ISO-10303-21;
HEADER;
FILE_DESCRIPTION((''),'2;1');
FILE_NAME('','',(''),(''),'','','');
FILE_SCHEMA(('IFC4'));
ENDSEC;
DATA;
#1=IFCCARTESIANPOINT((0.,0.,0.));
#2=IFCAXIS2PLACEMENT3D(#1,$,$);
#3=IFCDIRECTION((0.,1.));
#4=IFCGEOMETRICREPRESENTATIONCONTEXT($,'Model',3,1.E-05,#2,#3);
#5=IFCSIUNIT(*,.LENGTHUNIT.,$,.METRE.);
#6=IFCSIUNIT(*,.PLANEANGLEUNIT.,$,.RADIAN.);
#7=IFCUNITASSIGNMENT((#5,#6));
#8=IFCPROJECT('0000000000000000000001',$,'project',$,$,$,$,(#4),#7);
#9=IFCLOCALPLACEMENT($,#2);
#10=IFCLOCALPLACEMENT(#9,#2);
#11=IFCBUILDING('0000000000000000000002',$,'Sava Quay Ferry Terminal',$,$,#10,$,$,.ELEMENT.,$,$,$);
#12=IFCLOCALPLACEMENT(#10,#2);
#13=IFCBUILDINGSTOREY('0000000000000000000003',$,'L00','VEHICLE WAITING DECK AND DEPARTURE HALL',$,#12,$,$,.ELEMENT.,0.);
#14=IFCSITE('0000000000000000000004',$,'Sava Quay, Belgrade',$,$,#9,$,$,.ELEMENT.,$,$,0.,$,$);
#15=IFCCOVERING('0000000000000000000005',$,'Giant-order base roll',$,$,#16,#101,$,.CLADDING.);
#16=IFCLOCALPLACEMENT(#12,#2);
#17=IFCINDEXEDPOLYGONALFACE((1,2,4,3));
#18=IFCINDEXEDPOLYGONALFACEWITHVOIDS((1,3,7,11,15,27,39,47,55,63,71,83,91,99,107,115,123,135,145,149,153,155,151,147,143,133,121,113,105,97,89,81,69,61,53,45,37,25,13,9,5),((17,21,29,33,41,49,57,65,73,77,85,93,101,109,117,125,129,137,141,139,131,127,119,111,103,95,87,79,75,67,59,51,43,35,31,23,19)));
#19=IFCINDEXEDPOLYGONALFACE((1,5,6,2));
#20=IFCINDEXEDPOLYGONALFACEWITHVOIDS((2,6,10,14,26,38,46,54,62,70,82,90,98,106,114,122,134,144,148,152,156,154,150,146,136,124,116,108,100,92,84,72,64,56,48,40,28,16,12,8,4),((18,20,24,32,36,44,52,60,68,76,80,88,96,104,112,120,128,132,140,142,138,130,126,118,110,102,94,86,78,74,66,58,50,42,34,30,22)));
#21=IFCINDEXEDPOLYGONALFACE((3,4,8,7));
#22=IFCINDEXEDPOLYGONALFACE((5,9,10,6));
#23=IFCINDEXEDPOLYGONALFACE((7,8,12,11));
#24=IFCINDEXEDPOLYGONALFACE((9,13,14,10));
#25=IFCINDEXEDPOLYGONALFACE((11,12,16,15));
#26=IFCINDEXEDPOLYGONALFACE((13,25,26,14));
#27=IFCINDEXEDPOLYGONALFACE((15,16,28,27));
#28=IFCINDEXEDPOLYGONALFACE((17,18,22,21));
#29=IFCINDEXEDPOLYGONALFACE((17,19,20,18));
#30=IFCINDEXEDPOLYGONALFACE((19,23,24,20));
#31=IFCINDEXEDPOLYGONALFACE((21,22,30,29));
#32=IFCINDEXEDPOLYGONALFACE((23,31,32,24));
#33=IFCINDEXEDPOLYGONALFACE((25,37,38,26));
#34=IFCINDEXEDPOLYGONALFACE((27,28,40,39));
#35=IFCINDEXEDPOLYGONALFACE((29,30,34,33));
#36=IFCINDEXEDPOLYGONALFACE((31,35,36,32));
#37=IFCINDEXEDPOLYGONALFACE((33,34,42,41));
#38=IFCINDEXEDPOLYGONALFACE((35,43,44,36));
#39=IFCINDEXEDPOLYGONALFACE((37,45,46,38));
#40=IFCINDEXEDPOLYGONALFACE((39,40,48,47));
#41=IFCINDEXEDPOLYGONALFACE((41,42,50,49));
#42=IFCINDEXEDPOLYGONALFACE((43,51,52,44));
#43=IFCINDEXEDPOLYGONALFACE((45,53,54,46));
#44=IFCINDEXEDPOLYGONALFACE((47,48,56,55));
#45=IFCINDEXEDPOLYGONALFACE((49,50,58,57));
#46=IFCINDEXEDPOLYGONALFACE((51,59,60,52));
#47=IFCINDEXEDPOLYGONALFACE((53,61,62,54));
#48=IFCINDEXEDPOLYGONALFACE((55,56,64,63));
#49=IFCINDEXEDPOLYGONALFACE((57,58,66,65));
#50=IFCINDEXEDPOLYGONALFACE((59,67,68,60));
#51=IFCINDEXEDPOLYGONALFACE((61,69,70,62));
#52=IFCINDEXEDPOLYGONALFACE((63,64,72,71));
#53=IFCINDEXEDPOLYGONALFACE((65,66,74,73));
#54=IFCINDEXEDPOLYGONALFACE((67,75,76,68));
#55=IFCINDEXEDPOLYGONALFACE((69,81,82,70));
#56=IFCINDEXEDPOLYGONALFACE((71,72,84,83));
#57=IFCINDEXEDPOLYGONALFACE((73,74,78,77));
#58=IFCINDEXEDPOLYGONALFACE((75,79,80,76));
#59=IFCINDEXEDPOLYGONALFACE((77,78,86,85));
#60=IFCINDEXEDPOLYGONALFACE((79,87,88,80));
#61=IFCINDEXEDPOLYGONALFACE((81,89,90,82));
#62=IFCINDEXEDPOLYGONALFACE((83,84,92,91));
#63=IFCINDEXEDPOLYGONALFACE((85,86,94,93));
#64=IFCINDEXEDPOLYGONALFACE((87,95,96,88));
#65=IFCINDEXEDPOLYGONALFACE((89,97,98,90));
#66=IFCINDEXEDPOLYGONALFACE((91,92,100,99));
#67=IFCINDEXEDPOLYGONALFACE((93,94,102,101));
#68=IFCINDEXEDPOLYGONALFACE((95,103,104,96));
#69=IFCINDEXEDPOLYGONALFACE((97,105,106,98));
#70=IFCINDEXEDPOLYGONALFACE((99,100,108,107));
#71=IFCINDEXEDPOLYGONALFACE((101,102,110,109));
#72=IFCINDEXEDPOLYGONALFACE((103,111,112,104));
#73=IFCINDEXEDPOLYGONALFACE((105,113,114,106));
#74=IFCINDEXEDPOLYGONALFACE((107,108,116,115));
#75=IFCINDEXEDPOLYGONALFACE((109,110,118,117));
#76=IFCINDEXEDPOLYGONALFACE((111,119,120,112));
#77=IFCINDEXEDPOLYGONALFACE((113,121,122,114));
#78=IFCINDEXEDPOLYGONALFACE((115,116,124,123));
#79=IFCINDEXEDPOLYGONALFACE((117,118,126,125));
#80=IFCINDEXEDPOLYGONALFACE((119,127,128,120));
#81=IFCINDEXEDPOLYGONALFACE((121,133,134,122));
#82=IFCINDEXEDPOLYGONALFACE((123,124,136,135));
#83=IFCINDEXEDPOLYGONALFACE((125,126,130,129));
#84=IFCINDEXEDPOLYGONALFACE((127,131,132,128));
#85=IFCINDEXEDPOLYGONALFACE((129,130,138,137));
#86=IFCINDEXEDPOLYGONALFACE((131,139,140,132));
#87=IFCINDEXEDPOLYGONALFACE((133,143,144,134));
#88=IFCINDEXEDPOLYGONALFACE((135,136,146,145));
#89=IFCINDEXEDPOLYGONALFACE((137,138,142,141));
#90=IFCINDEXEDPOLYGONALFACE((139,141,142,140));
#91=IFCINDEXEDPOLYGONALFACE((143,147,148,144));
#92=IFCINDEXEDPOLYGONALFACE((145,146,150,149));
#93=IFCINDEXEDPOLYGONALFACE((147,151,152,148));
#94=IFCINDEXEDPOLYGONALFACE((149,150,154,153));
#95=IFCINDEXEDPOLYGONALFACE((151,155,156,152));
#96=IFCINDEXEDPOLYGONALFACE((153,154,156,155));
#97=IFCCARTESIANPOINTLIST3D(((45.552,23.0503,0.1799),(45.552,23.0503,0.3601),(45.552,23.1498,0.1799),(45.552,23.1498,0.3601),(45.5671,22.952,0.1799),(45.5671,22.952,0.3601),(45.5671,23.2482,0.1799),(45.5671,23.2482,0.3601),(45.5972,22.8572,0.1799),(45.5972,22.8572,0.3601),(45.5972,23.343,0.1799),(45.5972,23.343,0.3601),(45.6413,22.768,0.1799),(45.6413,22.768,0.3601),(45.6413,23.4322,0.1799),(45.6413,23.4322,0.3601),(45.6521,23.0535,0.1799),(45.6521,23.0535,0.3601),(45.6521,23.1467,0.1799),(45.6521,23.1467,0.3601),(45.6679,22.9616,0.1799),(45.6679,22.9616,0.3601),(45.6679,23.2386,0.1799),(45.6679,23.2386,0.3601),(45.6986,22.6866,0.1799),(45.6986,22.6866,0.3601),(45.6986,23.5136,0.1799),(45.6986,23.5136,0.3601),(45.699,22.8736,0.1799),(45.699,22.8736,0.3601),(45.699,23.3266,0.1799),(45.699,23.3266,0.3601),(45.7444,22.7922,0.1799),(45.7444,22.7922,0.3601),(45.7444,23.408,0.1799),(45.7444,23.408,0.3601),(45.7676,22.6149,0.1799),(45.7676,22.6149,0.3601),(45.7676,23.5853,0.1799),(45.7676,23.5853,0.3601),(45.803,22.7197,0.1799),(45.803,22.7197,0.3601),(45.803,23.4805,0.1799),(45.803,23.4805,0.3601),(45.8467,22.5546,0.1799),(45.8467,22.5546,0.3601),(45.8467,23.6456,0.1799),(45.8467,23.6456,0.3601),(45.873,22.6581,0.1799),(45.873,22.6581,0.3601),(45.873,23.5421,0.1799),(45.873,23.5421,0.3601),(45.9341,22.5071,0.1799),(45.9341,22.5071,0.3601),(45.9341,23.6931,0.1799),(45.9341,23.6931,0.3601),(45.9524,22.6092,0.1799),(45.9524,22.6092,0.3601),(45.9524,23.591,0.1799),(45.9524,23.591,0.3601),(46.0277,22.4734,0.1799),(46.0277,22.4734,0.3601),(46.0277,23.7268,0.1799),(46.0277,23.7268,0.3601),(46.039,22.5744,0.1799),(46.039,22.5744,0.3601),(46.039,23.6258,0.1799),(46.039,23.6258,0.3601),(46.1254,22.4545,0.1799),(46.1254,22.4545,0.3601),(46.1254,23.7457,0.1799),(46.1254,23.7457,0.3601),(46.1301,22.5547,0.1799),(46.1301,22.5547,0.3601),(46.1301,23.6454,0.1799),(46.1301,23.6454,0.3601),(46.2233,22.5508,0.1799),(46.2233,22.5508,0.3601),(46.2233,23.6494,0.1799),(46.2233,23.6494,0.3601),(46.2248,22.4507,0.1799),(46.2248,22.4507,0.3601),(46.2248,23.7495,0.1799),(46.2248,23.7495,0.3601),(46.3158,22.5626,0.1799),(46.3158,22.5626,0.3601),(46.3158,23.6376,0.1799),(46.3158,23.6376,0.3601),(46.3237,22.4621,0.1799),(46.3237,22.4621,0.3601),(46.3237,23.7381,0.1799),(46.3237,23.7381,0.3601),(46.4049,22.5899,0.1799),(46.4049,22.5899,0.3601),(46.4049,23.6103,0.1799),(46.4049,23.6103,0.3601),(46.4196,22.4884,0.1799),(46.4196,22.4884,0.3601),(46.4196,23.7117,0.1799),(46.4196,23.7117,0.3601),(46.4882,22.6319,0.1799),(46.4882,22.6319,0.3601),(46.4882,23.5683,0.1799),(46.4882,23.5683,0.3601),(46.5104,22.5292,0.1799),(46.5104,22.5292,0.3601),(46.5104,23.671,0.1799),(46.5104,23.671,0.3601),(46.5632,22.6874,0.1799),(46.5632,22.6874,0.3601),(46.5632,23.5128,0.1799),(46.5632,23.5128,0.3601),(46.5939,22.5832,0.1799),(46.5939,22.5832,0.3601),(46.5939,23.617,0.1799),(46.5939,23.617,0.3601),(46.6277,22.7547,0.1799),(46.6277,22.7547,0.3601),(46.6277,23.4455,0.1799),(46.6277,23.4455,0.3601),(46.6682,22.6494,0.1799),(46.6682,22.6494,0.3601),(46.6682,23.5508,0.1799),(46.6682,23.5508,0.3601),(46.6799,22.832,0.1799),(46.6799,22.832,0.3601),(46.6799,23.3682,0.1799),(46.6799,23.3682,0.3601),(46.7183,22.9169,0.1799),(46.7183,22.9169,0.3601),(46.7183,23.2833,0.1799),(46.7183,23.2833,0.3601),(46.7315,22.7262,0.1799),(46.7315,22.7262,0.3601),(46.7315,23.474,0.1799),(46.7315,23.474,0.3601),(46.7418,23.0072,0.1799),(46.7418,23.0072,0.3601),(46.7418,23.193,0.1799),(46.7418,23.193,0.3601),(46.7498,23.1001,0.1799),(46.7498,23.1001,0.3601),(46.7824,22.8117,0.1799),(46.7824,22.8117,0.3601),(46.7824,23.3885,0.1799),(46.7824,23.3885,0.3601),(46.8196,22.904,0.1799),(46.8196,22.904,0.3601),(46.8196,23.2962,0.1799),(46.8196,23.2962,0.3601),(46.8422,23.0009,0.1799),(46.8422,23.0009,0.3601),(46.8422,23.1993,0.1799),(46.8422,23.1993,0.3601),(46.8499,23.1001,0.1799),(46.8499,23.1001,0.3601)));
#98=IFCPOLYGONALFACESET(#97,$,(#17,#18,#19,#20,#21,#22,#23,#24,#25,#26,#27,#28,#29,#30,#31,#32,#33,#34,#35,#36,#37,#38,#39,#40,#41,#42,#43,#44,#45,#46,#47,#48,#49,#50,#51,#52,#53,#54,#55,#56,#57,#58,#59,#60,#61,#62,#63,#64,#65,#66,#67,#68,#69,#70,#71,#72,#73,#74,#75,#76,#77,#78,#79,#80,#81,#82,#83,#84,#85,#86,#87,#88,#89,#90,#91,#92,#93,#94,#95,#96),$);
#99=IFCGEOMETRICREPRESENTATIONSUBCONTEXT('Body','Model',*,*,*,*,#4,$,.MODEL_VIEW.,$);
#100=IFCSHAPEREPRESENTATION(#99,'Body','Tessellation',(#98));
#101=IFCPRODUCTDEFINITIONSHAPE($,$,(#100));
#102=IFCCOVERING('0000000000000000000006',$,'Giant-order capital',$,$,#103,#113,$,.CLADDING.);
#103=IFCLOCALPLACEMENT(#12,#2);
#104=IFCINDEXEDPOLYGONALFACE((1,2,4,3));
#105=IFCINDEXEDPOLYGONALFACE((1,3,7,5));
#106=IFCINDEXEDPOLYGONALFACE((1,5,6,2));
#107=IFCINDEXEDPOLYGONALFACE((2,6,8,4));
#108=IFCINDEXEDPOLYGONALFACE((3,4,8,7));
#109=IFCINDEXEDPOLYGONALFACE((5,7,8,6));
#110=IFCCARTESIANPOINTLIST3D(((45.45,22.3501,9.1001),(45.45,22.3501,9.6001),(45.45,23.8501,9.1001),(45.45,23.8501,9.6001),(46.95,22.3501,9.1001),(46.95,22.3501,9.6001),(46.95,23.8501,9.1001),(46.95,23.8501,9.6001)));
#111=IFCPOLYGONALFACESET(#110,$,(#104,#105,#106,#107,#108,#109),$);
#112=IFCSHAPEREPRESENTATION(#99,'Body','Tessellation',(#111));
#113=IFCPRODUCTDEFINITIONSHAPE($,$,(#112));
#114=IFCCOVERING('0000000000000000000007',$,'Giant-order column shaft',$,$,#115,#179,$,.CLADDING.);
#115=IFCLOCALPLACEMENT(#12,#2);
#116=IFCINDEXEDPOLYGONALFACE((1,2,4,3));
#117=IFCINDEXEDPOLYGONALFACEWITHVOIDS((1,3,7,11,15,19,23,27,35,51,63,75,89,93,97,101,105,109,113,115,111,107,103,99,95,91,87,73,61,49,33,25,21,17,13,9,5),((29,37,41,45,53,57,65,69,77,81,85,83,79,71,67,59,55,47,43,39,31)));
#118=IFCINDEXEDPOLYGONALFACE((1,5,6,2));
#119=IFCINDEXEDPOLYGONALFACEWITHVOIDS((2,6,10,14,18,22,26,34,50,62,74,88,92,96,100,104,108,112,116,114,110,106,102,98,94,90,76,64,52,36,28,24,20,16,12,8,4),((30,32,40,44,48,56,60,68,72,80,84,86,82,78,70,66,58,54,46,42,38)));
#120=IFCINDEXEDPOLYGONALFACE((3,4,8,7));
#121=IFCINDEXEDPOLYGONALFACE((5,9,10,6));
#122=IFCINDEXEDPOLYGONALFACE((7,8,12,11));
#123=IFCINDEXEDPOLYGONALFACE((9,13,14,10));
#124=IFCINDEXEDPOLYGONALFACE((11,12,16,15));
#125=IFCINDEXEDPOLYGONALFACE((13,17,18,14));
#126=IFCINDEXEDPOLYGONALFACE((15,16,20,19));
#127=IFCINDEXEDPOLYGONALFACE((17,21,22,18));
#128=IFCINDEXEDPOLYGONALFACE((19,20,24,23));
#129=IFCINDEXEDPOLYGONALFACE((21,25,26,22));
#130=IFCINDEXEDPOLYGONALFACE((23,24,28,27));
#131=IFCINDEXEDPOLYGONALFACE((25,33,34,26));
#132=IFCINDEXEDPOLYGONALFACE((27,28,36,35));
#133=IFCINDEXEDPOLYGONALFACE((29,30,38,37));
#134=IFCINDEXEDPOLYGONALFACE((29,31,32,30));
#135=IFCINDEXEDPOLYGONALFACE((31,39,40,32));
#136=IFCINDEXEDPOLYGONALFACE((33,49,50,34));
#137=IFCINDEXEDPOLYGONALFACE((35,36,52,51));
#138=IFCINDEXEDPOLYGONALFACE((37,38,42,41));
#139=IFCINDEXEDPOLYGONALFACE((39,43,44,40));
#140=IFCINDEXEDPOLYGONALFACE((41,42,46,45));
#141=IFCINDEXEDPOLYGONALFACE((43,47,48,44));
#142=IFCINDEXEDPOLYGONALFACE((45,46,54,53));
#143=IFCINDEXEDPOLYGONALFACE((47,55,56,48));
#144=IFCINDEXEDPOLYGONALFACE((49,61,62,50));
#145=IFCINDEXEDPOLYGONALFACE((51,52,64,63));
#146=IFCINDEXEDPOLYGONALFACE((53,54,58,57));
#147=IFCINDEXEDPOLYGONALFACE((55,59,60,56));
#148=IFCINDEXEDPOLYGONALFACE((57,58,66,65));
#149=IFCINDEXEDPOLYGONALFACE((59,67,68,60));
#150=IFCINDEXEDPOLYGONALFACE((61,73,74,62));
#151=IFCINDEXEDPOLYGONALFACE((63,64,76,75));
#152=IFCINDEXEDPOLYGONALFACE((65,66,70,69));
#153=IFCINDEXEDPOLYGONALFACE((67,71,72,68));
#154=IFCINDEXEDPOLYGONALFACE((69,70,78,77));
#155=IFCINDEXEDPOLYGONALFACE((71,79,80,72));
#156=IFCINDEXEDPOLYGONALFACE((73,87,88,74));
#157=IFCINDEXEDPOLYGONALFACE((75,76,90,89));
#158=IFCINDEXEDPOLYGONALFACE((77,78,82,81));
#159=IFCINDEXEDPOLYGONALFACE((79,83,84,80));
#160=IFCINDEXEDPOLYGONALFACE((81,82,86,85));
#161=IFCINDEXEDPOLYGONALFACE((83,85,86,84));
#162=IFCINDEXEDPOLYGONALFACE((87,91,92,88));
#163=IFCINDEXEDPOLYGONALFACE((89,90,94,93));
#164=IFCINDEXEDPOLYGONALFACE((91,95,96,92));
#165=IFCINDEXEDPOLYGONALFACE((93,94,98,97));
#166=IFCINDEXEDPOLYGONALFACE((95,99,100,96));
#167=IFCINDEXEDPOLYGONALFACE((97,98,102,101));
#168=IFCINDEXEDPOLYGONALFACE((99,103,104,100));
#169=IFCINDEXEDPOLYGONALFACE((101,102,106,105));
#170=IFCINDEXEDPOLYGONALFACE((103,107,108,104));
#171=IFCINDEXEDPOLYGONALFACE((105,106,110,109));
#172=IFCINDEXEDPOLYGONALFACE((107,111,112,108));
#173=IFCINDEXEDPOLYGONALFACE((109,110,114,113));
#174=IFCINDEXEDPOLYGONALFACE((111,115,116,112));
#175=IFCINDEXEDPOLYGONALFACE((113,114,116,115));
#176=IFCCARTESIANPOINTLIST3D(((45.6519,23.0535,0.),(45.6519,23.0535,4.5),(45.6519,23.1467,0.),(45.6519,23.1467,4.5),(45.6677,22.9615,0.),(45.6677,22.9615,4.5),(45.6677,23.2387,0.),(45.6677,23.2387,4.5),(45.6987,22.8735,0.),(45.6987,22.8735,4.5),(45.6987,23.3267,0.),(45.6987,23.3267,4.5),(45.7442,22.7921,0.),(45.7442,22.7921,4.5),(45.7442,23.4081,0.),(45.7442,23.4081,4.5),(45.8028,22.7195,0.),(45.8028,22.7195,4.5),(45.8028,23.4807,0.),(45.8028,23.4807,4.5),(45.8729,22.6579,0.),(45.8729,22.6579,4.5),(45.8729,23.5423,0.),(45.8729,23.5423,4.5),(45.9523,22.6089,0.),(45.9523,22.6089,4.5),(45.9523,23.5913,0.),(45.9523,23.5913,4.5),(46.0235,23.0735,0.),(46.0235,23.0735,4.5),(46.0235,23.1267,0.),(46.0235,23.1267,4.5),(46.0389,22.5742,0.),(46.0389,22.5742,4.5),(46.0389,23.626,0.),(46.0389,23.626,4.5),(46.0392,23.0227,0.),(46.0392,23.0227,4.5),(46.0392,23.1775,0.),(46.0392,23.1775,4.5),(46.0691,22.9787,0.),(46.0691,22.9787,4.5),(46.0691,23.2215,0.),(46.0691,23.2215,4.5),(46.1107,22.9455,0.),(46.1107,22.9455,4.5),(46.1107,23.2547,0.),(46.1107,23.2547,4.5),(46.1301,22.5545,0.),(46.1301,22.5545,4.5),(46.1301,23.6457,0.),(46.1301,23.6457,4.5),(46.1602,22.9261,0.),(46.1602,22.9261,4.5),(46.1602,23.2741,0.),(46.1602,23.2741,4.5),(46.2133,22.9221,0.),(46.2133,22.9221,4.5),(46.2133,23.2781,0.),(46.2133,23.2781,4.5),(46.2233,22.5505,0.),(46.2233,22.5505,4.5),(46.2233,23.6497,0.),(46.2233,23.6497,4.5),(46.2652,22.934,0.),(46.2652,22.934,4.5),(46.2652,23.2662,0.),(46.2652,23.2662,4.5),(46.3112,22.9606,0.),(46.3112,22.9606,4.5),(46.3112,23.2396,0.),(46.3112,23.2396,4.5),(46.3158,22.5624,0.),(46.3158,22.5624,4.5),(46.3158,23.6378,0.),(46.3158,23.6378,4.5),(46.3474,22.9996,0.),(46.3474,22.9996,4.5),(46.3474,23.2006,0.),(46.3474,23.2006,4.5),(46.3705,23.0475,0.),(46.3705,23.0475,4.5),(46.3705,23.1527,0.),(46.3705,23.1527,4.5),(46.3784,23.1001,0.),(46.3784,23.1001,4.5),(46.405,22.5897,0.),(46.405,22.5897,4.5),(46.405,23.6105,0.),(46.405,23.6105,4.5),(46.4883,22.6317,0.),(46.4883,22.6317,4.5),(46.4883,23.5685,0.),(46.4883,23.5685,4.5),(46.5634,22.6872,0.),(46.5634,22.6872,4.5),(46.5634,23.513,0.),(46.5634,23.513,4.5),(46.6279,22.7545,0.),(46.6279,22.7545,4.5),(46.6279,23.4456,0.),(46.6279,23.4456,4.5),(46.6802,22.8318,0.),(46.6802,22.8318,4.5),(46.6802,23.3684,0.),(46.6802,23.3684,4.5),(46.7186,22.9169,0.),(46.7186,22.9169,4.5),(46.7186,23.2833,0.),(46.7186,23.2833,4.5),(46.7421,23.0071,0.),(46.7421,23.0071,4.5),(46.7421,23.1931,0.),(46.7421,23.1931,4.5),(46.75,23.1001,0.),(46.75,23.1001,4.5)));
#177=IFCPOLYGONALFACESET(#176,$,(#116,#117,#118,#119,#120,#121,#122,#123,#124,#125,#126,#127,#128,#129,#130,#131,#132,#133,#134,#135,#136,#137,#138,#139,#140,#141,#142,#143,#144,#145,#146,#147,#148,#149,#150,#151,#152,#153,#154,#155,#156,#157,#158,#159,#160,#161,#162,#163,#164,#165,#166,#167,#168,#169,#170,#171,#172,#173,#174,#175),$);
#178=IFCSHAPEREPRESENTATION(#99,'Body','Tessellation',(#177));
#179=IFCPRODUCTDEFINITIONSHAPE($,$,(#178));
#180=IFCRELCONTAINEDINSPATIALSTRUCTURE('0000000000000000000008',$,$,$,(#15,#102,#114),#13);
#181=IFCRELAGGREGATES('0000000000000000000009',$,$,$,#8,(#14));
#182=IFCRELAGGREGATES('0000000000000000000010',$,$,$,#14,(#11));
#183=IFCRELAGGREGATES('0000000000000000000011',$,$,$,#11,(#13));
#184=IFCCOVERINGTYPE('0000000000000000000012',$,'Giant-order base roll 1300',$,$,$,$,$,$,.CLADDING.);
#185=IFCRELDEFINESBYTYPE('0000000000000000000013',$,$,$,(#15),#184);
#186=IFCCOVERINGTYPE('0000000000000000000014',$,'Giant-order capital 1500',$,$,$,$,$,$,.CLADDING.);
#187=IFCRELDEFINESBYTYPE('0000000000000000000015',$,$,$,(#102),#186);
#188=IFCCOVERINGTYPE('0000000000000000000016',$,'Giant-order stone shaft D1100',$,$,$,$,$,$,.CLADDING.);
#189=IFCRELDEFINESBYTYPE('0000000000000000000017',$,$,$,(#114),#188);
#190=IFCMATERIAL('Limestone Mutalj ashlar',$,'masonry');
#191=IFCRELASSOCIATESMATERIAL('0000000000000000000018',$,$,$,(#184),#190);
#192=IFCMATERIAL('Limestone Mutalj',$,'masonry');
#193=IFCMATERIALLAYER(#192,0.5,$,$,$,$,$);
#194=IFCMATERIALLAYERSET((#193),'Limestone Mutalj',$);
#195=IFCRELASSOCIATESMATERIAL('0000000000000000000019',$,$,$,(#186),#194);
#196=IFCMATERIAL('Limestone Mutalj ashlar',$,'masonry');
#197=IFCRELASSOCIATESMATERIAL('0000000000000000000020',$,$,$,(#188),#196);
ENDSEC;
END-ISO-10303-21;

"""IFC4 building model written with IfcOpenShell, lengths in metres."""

from ifc_helpers import new_model, si_unit, direction, frame, origin, origin_2d, place, context, subcontext, project, spatial, rectangle, hollow_circle, extrude, material, layer, layer_set, material_profile, profile_set, type_object, element, save


model = new_model("IFC4")

# Units and contexts
model_context = context("Model", 3, precision=1e-05, world=origin(), true_north=direction((0.0, 1.0)))
body_context = subcontext(model_context, "Body", "Model", "MODEL_VIEW")
ifc_project = project(units=[si_unit("LENGTHUNIT", "METRE"), si_unit("PLANEANGLEUNIT", "RADIAN")], contexts=[model_context])

# Site, building, storey
site_placement = place(None, origin())
site = spatial("IfcSite", under=ifc_project, at=site_placement, Name="Sava Quay, Belgrade", CompositionType="ELEMENT", RefElevation=0.0)
building_placement = place(site_placement, origin())
building = spatial("IfcBuilding", under=site, at=building_placement, Name="Sava Quay Ferry Terminal", CompositionType="ELEMENT")
storey_placement = place(building_placement, origin())
storey = spatial("IfcBuildingStorey", under=building, at=storey_placement, Name="L00", Description="VEHICLE WAITING DECK AND DEPARTURE HALL", CompositionType="ELEMENT", Elevation=0.0)

# Coverings
ifc_material_1 = material(Name="Limestone Mutalj ashlar", Category="masonry")
ifc_material_profile_1 = material_profile(ifc_material_1, hollow_circle(Radius=0.6499, WallThickness=0.1001, at=origin_2d()), Name="Base roll 1300")
ifc_profile_set_1 = profile_set([ifc_material_profile_1], Name="Limestone Mutalj ashlar")
covering_type_1 = type_object("IfcCoveringType", Name="Giant-order base roll 1300", PredefinedType="CLADDING", material=ifc_profile_set_1)
covering_1_placement = place(storey_placement, frame((46.2, 23.1001, 0.1799), z_axis=(0.0, 0.0, 1.0), x_axis=(1.0, 0.0, 0.0)))
element("IfcCovering", 1, at=covering_1_placement, inside=storey, type_object=covering_type_1, Name="Giant-order base roll", PredefinedType="CLADDING", context=body_context, shape_type="SweptSolid", body=[
    extrude(hollow_circle(Radius=0.6499, WallThickness=0.1001, at=origin_2d()), origin(), (0.0, 0.0, 1.0), 0.1802),
])
ifc_material_2 = material(Name="Limestone Mutalj", Category="masonry")
ifc_layer_1 = layer(ifc_material_2, 0.5)
ifc_layer_set_1 = layer_set([ifc_layer_1], Name="Limestone Mutalj")
covering_type_2 = type_object("IfcCoveringType", Name="Giant-order capital 1500", PredefinedType="CLADDING", material=ifc_layer_set_1)
covering_2_placement = place(storey_placement, frame((46.2, 23.1001, 9.1001), z_axis=(0.0, 0.0, 1.0), x_axis=(1.0, 0.0, 0.0)))
element("IfcCovering", 2, at=covering_2_placement, inside=storey, type_object=covering_type_2, Name="Giant-order capital", PredefinedType="CLADDING", context=body_context, shape_type="SweptSolid", body=[
    extrude(rectangle(XDim=1.5, YDim=1.5, at=origin_2d()), origin(), (0.0, 0.0, 1.0), 0.5),
])
ifc_material_3 = material(Name="Limestone Mutalj ashlar", Category="masonry")
ifc_material_profile_2 = material_profile(ifc_material_3, hollow_circle(Radius=0.55, WallThickness=0.3716, at=origin_2d()), Name="Stone shaft D1100")
ifc_profile_set_2 = profile_set([ifc_material_profile_2], Name="Limestone Mutalj ashlar")
covering_type_3 = type_object("IfcCoveringType", Name="Giant-order stone shaft D1100", PredefinedType="CLADDING", material=ifc_profile_set_2)
covering_3_placement = place(storey_placement, frame((46.2, 23.1001, 0.0), z_axis=(0.0, 0.0, 1.0), x_axis=(1.0, 0.0, 0.0)))
element("IfcCovering", 3, at=covering_3_placement, inside=storey, type_object=covering_type_3, Name="Giant-order column shaft", PredefinedType="CLADDING", context=body_context, shape_type="SweptSolid", body=[
    extrude(hollow_circle(Radius=0.55, WallThickness=0.3716, at=origin_2d()), origin(), (0.0, 0.0, 1.0), 4.5),
])

save(model, "model.ifc")
